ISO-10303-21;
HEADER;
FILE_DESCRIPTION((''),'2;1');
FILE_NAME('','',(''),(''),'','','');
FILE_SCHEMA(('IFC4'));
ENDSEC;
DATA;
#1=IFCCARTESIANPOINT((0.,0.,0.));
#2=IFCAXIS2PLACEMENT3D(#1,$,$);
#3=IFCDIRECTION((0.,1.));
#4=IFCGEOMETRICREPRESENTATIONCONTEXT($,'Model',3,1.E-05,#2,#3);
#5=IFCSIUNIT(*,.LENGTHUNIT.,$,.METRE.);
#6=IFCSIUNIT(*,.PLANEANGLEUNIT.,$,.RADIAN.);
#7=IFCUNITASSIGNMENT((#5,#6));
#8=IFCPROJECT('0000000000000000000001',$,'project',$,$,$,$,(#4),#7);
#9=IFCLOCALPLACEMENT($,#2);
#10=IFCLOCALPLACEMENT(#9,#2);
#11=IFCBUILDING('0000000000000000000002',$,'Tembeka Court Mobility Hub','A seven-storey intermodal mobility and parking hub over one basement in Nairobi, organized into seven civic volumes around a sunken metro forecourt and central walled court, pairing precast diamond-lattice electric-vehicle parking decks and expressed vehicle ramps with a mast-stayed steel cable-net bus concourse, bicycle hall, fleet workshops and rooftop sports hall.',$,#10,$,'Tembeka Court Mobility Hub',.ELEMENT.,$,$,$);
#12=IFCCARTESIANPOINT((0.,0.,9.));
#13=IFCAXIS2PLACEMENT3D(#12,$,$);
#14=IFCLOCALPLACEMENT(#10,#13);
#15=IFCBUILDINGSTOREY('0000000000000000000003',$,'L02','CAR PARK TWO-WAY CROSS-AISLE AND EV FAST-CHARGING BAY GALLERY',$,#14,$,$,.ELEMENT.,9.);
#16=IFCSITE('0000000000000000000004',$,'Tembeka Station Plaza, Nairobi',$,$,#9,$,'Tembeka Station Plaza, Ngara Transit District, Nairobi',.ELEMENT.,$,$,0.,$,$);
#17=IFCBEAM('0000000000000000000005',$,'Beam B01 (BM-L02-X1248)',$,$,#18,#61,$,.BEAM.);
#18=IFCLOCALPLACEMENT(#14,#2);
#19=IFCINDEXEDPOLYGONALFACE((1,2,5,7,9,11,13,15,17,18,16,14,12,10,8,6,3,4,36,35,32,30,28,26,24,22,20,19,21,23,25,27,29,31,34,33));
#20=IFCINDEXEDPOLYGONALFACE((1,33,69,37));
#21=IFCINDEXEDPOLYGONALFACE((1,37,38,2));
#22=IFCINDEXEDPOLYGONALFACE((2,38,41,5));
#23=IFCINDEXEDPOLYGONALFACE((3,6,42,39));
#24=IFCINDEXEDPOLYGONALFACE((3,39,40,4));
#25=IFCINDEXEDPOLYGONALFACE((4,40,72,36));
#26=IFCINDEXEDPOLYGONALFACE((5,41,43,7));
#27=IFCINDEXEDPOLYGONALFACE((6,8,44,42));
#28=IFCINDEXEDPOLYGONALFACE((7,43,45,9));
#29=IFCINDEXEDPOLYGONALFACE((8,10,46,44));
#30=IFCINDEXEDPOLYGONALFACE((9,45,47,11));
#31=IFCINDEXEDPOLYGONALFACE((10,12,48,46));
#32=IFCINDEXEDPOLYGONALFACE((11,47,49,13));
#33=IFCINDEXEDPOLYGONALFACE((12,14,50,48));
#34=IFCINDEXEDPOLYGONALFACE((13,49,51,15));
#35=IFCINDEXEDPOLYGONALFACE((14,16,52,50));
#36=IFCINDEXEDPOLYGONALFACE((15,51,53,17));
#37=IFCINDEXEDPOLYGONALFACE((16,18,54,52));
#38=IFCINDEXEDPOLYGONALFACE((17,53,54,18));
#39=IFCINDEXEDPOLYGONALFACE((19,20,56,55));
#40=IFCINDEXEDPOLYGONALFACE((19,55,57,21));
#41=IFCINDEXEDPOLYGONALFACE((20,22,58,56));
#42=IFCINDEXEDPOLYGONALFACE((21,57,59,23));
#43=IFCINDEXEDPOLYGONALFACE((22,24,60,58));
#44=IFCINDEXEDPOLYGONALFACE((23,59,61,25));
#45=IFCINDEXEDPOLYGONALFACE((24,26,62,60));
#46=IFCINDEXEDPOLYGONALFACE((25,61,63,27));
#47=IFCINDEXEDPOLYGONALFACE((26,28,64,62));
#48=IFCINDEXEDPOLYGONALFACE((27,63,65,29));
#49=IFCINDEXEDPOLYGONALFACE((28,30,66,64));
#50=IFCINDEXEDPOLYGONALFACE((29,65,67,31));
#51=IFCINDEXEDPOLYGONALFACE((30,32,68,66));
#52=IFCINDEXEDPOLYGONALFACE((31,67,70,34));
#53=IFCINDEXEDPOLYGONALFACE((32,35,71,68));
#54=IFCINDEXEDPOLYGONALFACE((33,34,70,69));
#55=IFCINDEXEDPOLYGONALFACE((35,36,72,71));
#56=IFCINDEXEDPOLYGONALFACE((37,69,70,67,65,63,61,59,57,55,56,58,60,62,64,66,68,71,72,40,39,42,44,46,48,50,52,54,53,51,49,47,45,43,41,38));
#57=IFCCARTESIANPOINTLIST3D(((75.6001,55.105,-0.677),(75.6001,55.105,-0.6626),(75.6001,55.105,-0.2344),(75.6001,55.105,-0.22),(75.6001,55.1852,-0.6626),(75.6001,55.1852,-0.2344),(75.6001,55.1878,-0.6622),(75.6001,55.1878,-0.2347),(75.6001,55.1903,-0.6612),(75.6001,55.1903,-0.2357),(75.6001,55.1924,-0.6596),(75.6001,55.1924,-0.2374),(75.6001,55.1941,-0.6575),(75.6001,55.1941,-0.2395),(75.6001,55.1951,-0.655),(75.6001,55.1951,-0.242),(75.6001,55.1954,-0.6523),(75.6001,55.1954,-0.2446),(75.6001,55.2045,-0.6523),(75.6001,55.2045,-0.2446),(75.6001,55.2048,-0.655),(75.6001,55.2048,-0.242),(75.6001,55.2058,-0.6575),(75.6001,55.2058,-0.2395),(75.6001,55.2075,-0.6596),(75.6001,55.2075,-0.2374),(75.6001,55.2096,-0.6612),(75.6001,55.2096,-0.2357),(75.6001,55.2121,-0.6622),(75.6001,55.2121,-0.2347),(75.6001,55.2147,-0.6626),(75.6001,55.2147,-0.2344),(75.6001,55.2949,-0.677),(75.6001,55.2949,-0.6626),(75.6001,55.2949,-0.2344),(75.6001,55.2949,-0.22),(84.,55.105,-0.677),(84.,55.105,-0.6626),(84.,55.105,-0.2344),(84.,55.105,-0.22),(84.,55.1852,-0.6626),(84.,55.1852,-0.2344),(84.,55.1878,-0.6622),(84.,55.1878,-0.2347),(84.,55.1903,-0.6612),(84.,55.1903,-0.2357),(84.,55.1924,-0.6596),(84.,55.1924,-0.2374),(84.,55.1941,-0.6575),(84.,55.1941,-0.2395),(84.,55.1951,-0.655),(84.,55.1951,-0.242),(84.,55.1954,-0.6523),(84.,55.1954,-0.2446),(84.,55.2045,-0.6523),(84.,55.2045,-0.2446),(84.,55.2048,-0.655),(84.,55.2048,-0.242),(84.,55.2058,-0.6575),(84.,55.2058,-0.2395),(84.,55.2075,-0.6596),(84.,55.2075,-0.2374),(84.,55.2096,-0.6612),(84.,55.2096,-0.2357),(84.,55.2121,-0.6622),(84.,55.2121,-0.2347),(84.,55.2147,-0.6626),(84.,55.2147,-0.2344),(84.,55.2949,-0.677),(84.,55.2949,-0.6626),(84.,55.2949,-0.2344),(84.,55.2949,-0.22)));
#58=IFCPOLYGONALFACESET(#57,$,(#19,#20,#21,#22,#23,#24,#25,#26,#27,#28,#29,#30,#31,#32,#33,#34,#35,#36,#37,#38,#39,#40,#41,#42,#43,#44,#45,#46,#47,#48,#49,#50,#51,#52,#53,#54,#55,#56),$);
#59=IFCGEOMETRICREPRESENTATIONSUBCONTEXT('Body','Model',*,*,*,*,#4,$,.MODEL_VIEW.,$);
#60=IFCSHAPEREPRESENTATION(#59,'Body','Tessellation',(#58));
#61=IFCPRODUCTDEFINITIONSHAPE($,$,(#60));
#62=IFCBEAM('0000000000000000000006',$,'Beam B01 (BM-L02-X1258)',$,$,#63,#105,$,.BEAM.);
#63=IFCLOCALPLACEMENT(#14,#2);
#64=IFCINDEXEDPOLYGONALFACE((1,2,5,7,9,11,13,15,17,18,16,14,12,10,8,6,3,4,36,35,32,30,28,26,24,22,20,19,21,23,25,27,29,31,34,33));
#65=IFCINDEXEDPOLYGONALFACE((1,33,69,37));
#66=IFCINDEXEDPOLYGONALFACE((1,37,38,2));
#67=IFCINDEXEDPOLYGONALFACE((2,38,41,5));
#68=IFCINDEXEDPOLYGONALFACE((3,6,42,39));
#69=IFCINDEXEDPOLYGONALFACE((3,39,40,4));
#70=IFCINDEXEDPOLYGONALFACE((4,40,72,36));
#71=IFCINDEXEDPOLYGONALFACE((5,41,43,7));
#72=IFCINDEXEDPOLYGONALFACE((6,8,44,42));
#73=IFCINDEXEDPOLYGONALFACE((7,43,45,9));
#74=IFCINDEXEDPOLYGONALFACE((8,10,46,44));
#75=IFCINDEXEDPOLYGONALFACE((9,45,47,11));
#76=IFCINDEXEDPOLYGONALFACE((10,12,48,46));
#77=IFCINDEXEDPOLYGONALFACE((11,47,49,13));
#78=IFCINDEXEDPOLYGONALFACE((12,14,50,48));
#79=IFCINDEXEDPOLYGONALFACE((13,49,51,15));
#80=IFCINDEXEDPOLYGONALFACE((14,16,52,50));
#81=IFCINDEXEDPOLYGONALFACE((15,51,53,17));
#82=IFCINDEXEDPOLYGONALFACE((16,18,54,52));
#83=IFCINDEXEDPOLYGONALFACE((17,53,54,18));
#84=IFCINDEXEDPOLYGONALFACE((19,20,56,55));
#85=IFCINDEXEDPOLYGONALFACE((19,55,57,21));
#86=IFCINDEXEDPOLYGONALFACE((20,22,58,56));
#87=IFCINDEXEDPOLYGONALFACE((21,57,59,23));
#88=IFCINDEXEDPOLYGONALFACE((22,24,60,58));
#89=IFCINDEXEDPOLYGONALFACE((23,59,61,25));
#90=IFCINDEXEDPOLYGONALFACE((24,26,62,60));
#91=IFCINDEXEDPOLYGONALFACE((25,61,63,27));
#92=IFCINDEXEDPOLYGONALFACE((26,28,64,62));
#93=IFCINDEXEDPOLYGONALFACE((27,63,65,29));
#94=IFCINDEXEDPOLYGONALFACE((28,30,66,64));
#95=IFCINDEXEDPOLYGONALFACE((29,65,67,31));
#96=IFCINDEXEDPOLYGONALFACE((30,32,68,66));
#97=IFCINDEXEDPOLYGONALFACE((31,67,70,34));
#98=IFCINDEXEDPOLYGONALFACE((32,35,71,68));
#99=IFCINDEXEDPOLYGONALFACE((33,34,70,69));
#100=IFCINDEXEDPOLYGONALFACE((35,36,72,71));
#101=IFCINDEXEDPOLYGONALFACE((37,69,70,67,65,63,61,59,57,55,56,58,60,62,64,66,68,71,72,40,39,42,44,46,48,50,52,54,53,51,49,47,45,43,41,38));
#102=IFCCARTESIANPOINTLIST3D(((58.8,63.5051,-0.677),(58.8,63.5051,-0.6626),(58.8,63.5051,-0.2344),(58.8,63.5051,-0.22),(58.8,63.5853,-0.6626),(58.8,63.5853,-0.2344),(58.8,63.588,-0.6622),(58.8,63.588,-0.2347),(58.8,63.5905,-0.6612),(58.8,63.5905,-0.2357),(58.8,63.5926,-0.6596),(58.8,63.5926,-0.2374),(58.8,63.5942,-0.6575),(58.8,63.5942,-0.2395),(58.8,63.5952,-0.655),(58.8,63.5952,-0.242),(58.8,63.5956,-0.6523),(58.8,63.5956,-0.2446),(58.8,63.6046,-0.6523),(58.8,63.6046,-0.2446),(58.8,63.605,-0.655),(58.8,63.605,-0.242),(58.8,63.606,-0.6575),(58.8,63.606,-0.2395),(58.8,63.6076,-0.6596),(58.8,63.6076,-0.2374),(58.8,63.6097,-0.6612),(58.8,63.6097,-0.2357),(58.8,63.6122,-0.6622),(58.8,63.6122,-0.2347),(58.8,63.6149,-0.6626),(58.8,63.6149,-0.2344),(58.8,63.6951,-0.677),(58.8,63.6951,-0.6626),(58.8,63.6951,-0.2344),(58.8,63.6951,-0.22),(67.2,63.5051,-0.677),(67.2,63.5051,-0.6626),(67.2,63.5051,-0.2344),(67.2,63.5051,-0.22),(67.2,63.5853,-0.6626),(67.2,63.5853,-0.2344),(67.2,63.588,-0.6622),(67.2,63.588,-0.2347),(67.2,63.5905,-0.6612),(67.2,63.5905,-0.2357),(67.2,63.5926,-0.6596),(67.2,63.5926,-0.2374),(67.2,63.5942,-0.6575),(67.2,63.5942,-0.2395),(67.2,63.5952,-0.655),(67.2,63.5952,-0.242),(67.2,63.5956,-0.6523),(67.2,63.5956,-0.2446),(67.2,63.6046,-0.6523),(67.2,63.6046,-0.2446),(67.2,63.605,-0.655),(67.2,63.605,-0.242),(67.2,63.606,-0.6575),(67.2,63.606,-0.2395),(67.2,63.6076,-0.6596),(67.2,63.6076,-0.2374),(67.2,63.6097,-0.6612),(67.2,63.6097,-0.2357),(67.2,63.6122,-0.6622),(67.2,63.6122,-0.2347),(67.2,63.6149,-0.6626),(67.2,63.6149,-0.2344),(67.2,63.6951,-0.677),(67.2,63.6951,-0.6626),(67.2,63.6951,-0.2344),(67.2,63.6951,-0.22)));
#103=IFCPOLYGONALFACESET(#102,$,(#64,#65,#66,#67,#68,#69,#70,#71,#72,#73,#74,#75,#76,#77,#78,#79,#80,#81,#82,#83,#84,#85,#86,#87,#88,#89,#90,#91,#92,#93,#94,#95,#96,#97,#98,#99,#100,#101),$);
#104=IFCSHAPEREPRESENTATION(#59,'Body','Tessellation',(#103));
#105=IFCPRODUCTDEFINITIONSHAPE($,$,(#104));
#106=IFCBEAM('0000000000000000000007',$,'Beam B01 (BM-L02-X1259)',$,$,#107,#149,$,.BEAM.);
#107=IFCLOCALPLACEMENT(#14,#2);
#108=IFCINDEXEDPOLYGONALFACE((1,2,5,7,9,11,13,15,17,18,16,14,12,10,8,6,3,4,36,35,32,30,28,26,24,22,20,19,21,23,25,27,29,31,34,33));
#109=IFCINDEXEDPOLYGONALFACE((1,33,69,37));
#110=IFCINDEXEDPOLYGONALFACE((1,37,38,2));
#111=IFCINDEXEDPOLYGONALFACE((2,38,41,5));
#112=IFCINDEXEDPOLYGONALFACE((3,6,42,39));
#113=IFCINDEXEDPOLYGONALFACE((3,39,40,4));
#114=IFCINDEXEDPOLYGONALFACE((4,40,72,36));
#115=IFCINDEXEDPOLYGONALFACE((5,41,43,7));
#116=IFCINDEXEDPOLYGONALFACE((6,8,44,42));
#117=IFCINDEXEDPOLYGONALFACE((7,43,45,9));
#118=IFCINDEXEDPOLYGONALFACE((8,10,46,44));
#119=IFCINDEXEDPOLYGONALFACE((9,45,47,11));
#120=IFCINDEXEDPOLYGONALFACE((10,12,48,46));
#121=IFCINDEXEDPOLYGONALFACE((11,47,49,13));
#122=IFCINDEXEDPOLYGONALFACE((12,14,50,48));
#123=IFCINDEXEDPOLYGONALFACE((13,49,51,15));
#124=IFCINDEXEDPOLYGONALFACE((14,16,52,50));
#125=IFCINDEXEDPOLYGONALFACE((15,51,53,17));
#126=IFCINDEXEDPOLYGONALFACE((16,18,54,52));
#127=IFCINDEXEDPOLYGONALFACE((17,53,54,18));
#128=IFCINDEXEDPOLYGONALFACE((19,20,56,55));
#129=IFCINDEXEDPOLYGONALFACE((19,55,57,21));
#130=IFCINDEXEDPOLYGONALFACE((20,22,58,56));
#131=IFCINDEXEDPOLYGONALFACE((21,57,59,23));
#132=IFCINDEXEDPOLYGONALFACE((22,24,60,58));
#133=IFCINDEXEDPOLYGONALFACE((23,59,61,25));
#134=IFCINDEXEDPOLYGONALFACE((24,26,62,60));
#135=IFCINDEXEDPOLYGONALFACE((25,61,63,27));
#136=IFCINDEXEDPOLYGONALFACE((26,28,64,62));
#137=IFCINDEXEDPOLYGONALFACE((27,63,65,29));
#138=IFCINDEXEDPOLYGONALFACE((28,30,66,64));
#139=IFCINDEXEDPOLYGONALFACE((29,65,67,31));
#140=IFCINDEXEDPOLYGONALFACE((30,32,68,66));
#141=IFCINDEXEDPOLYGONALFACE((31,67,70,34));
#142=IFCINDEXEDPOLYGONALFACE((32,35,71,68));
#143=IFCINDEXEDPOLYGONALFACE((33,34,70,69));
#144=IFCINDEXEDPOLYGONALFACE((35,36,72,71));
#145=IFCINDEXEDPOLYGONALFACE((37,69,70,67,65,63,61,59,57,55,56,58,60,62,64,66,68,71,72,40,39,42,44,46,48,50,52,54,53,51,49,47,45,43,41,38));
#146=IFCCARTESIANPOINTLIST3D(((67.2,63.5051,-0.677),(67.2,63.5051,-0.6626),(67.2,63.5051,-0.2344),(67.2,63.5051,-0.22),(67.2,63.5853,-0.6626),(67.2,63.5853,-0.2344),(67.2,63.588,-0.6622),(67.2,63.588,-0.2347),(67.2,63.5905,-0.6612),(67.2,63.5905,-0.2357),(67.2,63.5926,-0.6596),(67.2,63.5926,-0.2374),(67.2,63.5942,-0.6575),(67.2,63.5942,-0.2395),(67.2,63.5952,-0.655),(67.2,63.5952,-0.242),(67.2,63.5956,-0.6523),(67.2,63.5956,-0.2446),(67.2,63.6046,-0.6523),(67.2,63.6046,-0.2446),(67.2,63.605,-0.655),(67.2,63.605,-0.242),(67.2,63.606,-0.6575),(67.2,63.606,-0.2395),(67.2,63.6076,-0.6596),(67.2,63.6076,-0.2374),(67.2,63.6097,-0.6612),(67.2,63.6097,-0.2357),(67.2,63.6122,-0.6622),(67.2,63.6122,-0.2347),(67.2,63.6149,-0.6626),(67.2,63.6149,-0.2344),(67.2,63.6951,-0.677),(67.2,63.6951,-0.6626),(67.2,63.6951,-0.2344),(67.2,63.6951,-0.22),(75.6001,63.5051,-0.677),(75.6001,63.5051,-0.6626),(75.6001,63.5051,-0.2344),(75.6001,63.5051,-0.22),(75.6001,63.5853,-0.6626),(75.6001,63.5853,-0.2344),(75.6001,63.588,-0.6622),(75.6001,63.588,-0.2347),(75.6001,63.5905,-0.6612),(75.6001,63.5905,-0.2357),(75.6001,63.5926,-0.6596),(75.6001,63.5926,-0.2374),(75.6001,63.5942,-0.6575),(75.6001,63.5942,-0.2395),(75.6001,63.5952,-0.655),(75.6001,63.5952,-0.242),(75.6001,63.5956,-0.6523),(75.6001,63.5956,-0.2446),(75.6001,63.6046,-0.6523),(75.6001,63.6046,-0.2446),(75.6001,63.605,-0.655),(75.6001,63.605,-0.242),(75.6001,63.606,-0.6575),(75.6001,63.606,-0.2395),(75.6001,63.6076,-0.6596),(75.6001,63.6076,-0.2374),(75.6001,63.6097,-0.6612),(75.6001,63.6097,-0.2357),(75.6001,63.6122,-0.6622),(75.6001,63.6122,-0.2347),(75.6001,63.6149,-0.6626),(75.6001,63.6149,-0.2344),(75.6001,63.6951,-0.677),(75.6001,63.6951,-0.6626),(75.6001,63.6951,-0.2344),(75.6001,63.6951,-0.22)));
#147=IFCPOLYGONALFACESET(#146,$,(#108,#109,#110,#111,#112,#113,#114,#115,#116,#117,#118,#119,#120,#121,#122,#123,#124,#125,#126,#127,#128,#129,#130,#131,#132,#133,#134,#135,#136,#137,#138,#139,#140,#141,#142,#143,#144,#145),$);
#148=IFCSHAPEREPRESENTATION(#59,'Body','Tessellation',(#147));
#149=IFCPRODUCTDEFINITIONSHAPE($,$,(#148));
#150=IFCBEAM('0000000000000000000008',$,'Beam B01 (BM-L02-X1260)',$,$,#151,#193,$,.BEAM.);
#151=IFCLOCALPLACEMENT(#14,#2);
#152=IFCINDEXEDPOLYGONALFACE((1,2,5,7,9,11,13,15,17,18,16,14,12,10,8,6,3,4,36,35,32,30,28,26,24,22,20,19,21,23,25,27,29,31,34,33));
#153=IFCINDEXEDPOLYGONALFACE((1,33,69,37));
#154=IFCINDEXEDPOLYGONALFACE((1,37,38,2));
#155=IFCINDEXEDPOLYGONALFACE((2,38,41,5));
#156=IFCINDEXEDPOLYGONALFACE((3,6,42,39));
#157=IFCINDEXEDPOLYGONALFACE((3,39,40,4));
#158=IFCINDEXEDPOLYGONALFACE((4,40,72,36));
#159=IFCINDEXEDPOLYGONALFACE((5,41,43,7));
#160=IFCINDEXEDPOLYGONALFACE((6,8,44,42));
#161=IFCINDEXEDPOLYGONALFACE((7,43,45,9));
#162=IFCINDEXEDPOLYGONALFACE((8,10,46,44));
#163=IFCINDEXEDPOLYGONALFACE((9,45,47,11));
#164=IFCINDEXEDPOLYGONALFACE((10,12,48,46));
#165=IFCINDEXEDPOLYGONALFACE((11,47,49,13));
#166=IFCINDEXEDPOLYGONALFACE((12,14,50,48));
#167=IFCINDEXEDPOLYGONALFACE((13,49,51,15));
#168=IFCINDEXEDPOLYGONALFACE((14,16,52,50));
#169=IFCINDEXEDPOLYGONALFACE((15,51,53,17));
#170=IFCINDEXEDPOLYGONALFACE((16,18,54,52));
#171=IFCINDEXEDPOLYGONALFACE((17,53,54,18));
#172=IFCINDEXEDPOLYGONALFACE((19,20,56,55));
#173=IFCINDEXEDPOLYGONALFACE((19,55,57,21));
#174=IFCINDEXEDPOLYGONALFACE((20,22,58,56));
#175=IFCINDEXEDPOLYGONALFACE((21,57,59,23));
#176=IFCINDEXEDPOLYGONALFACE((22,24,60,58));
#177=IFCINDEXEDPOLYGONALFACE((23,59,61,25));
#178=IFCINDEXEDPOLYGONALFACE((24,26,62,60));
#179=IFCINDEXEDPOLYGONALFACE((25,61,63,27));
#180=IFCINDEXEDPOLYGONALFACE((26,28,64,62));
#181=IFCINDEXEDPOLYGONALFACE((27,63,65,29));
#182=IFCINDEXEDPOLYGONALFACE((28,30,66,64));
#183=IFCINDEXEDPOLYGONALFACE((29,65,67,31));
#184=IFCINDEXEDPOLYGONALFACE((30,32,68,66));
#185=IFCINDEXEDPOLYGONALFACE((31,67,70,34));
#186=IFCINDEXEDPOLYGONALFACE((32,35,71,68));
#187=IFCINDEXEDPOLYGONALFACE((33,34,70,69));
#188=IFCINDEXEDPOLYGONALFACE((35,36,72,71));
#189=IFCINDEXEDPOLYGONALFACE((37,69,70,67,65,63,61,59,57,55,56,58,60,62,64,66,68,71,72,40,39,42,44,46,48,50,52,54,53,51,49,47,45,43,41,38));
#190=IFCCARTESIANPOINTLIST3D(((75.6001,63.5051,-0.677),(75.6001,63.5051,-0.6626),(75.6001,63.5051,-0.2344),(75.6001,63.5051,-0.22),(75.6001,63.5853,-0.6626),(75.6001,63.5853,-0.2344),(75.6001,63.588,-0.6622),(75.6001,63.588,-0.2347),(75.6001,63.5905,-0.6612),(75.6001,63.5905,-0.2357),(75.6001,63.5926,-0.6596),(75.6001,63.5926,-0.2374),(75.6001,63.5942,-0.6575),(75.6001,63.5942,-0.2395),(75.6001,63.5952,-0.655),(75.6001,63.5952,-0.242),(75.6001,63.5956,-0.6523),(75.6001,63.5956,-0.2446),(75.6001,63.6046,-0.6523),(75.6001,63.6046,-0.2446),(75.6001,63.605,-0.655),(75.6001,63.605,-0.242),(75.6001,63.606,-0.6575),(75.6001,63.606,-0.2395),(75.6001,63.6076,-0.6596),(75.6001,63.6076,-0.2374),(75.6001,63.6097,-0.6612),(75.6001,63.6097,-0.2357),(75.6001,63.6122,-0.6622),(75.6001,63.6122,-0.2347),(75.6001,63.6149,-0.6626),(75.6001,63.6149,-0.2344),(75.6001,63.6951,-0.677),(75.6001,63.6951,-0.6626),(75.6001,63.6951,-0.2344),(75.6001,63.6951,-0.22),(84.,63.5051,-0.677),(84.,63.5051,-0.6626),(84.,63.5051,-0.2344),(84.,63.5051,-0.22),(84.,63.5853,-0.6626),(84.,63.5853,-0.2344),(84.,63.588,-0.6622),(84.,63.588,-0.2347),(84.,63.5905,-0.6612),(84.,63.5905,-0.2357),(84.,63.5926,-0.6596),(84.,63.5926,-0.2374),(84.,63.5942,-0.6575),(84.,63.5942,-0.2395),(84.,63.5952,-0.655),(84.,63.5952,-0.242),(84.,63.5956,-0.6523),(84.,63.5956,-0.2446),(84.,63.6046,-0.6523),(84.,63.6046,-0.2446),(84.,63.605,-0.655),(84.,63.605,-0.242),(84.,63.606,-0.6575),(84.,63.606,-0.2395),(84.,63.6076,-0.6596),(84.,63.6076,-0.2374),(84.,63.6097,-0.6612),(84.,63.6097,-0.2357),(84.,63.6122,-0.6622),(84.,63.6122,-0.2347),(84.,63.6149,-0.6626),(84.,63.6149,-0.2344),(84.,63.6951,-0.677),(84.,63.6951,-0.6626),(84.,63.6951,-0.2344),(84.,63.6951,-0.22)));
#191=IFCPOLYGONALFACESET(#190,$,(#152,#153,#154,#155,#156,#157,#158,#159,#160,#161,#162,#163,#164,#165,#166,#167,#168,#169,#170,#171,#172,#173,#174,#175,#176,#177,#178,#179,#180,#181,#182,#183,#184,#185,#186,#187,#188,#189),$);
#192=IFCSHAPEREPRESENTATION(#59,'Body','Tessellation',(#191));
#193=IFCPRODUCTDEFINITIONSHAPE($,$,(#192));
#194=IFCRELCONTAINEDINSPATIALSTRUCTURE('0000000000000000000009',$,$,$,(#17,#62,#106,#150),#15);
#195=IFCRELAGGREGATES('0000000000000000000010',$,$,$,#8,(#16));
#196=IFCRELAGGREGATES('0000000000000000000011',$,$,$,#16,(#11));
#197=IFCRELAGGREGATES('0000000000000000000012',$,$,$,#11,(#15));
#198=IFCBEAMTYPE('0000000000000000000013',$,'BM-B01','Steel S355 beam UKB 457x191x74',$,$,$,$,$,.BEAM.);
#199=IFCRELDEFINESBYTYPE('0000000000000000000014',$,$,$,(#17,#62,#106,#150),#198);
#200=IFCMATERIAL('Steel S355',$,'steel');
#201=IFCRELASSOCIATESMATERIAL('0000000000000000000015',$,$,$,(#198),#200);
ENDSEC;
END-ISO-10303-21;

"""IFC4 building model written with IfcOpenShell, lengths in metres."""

from ifc_helpers import new_model, si_unit, direction, frame, origin, origin_2d, place, context, subcontext, project, spatial, i_section, extrude, material, material_profile, profile_set, type_object, element, save


model = new_model("IFC4")

# Units and contexts
model_context = context("Model", 3, precision=1e-05, world=origin(), true_north=direction((0.0, 1.0)))
body_context = subcontext(model_context, "Body", "Model", "MODEL_VIEW")
ifc_project = project(units=[si_unit("LENGTHUNIT", "METRE"), si_unit("PLANEANGLEUNIT", "RADIAN")], contexts=[model_context])

# Site, building, storey
site_placement = place(None, origin())
site = spatial("IfcSite", under=ifc_project, at=site_placement, Name="Tembeka Station Plaza, Nairobi", LongName="Tembeka Station Plaza, Ngara Transit District, Nairobi", CompositionType="ELEMENT", RefElevation=0.0)
building_placement = place(site_placement, origin())
building = spatial("IfcBuilding", under=site, at=building_placement, Name="Tembeka Court Mobility Hub", Description="A seven-storey intermodal mobility and parking hub over one basement in Nairobi, organized into seven civic volumes around a sunken metro forecourt and central walled court, pairing precast diamond-lattice electric-vehicle parking decks and expressed vehicle ramps with a mast-stayed steel cable-net bus concourse, bicycle hall, fleet workshops and rooftop sports hall.", LongName="Tembeka Court Mobility Hub", CompositionType="ELEMENT")
storey_placement = place(building_placement, frame((0.0, 0.0, 9.0)))
storey = spatial("IfcBuildingStorey", under=building, at=storey_placement, Name="L02", Description="CAR PARK TWO-WAY CROSS-AISLE AND EV FAST-CHARGING BAY GALLERY", CompositionType="ELEMENT", Elevation=9.0)

# Shared definitions
ifc_material_1 = material(Name="Steel S355", Category="steel")

# Beams
ifc_material_profile_1 = material_profile(ifc_material_1, i_section(OverallWidth=0.1899, OverallDepth=0.457, WebThickness=0.009, FlangeThickness=0.0144, FilletRadius=0.0103, at=origin_2d()), Name="UKB 457x191x74")
ifc_profile_set_1 = profile_set([ifc_material_profile_1], Name="Steel S355")
beam_type_1 = type_object("IfcBeamType", Name="BM-B01", Description="Steel S355 beam UKB 457x191x74", PredefinedType="BEAM", material=ifc_profile_set_1)
for number, where, z_axis, x_axis, name in (
    (1, (75.6001, 55.2, -0.4485), (1.0, 0.0, 0.0), (0.0, 1.0, 0.0), "Beam B01 (BM-L02-X1248)"),
    (2, (58.8, 63.6001, -0.4485), (1.0, 0.0, 0.0), (0.0, 1.0, 0.0), "Beam B01 (BM-L02-X1258)"),
):
    element("IfcBeam", number, at=place(storey_placement, frame(where, z_axis=z_axis, x_axis=x_axis)), inside=storey, type_object=beam_type_1, Name=name, PredefinedType="BEAM", context=body_context, shape_type="SweptSolid", body=[
        extrude(i_section(OverallWidth=0.1899, OverallDepth=0.457, WebThickness=0.009, FlangeThickness=0.0144, FilletRadius=0.0103, at=origin_2d()), origin(), (0.0, 0.0, 1.0), 8.3999),
    ])
beam_1_placement = place(storey_placement, frame((67.2, 63.6001, -0.4485), z_axis=(1.0, 0.0, 0.0), x_axis=(0.0, 1.0, 0.0)))
element("IfcBeam", 3, at=beam_1_placement, inside=storey, type_object=beam_type_1, Name="Beam B01 (BM-L02-X1259)", PredefinedType="BEAM", context=body_context, shape_type="SweptSolid", body=[
    extrude(i_section(OverallWidth=0.1899, OverallDepth=0.457, WebThickness=0.009, FlangeThickness=0.0144, FilletRadius=0.0103, at=origin_2d()), origin(), (0.0, 0.0, 1.0), 8.4001),
])
for number, where, z_axis, x_axis, name in (
    (4, (75.6001, 63.6001, -0.4485), (1.0, 0.0, 0.0), (0.0, 1.0, 0.0), "Beam B01 (BM-L02-X1260)"),
):
    element("IfcBeam", number, at=place(storey_placement, frame(where, z_axis=z_axis, x_axis=x_axis)), inside=storey, type_object=beam_type_1, Name=name, PredefinedType="BEAM", context=body_context, shape_type="SweptSolid", body=[
        extrude(i_section(OverallWidth=0.1899, OverallDepth=0.457, WebThickness=0.009, FlangeThickness=0.0144, FilletRadius=0.0103, at=origin_2d()), origin(), (0.0, 0.0, 1.0), 8.3999),
    ])

save(model, "model.ifc")
